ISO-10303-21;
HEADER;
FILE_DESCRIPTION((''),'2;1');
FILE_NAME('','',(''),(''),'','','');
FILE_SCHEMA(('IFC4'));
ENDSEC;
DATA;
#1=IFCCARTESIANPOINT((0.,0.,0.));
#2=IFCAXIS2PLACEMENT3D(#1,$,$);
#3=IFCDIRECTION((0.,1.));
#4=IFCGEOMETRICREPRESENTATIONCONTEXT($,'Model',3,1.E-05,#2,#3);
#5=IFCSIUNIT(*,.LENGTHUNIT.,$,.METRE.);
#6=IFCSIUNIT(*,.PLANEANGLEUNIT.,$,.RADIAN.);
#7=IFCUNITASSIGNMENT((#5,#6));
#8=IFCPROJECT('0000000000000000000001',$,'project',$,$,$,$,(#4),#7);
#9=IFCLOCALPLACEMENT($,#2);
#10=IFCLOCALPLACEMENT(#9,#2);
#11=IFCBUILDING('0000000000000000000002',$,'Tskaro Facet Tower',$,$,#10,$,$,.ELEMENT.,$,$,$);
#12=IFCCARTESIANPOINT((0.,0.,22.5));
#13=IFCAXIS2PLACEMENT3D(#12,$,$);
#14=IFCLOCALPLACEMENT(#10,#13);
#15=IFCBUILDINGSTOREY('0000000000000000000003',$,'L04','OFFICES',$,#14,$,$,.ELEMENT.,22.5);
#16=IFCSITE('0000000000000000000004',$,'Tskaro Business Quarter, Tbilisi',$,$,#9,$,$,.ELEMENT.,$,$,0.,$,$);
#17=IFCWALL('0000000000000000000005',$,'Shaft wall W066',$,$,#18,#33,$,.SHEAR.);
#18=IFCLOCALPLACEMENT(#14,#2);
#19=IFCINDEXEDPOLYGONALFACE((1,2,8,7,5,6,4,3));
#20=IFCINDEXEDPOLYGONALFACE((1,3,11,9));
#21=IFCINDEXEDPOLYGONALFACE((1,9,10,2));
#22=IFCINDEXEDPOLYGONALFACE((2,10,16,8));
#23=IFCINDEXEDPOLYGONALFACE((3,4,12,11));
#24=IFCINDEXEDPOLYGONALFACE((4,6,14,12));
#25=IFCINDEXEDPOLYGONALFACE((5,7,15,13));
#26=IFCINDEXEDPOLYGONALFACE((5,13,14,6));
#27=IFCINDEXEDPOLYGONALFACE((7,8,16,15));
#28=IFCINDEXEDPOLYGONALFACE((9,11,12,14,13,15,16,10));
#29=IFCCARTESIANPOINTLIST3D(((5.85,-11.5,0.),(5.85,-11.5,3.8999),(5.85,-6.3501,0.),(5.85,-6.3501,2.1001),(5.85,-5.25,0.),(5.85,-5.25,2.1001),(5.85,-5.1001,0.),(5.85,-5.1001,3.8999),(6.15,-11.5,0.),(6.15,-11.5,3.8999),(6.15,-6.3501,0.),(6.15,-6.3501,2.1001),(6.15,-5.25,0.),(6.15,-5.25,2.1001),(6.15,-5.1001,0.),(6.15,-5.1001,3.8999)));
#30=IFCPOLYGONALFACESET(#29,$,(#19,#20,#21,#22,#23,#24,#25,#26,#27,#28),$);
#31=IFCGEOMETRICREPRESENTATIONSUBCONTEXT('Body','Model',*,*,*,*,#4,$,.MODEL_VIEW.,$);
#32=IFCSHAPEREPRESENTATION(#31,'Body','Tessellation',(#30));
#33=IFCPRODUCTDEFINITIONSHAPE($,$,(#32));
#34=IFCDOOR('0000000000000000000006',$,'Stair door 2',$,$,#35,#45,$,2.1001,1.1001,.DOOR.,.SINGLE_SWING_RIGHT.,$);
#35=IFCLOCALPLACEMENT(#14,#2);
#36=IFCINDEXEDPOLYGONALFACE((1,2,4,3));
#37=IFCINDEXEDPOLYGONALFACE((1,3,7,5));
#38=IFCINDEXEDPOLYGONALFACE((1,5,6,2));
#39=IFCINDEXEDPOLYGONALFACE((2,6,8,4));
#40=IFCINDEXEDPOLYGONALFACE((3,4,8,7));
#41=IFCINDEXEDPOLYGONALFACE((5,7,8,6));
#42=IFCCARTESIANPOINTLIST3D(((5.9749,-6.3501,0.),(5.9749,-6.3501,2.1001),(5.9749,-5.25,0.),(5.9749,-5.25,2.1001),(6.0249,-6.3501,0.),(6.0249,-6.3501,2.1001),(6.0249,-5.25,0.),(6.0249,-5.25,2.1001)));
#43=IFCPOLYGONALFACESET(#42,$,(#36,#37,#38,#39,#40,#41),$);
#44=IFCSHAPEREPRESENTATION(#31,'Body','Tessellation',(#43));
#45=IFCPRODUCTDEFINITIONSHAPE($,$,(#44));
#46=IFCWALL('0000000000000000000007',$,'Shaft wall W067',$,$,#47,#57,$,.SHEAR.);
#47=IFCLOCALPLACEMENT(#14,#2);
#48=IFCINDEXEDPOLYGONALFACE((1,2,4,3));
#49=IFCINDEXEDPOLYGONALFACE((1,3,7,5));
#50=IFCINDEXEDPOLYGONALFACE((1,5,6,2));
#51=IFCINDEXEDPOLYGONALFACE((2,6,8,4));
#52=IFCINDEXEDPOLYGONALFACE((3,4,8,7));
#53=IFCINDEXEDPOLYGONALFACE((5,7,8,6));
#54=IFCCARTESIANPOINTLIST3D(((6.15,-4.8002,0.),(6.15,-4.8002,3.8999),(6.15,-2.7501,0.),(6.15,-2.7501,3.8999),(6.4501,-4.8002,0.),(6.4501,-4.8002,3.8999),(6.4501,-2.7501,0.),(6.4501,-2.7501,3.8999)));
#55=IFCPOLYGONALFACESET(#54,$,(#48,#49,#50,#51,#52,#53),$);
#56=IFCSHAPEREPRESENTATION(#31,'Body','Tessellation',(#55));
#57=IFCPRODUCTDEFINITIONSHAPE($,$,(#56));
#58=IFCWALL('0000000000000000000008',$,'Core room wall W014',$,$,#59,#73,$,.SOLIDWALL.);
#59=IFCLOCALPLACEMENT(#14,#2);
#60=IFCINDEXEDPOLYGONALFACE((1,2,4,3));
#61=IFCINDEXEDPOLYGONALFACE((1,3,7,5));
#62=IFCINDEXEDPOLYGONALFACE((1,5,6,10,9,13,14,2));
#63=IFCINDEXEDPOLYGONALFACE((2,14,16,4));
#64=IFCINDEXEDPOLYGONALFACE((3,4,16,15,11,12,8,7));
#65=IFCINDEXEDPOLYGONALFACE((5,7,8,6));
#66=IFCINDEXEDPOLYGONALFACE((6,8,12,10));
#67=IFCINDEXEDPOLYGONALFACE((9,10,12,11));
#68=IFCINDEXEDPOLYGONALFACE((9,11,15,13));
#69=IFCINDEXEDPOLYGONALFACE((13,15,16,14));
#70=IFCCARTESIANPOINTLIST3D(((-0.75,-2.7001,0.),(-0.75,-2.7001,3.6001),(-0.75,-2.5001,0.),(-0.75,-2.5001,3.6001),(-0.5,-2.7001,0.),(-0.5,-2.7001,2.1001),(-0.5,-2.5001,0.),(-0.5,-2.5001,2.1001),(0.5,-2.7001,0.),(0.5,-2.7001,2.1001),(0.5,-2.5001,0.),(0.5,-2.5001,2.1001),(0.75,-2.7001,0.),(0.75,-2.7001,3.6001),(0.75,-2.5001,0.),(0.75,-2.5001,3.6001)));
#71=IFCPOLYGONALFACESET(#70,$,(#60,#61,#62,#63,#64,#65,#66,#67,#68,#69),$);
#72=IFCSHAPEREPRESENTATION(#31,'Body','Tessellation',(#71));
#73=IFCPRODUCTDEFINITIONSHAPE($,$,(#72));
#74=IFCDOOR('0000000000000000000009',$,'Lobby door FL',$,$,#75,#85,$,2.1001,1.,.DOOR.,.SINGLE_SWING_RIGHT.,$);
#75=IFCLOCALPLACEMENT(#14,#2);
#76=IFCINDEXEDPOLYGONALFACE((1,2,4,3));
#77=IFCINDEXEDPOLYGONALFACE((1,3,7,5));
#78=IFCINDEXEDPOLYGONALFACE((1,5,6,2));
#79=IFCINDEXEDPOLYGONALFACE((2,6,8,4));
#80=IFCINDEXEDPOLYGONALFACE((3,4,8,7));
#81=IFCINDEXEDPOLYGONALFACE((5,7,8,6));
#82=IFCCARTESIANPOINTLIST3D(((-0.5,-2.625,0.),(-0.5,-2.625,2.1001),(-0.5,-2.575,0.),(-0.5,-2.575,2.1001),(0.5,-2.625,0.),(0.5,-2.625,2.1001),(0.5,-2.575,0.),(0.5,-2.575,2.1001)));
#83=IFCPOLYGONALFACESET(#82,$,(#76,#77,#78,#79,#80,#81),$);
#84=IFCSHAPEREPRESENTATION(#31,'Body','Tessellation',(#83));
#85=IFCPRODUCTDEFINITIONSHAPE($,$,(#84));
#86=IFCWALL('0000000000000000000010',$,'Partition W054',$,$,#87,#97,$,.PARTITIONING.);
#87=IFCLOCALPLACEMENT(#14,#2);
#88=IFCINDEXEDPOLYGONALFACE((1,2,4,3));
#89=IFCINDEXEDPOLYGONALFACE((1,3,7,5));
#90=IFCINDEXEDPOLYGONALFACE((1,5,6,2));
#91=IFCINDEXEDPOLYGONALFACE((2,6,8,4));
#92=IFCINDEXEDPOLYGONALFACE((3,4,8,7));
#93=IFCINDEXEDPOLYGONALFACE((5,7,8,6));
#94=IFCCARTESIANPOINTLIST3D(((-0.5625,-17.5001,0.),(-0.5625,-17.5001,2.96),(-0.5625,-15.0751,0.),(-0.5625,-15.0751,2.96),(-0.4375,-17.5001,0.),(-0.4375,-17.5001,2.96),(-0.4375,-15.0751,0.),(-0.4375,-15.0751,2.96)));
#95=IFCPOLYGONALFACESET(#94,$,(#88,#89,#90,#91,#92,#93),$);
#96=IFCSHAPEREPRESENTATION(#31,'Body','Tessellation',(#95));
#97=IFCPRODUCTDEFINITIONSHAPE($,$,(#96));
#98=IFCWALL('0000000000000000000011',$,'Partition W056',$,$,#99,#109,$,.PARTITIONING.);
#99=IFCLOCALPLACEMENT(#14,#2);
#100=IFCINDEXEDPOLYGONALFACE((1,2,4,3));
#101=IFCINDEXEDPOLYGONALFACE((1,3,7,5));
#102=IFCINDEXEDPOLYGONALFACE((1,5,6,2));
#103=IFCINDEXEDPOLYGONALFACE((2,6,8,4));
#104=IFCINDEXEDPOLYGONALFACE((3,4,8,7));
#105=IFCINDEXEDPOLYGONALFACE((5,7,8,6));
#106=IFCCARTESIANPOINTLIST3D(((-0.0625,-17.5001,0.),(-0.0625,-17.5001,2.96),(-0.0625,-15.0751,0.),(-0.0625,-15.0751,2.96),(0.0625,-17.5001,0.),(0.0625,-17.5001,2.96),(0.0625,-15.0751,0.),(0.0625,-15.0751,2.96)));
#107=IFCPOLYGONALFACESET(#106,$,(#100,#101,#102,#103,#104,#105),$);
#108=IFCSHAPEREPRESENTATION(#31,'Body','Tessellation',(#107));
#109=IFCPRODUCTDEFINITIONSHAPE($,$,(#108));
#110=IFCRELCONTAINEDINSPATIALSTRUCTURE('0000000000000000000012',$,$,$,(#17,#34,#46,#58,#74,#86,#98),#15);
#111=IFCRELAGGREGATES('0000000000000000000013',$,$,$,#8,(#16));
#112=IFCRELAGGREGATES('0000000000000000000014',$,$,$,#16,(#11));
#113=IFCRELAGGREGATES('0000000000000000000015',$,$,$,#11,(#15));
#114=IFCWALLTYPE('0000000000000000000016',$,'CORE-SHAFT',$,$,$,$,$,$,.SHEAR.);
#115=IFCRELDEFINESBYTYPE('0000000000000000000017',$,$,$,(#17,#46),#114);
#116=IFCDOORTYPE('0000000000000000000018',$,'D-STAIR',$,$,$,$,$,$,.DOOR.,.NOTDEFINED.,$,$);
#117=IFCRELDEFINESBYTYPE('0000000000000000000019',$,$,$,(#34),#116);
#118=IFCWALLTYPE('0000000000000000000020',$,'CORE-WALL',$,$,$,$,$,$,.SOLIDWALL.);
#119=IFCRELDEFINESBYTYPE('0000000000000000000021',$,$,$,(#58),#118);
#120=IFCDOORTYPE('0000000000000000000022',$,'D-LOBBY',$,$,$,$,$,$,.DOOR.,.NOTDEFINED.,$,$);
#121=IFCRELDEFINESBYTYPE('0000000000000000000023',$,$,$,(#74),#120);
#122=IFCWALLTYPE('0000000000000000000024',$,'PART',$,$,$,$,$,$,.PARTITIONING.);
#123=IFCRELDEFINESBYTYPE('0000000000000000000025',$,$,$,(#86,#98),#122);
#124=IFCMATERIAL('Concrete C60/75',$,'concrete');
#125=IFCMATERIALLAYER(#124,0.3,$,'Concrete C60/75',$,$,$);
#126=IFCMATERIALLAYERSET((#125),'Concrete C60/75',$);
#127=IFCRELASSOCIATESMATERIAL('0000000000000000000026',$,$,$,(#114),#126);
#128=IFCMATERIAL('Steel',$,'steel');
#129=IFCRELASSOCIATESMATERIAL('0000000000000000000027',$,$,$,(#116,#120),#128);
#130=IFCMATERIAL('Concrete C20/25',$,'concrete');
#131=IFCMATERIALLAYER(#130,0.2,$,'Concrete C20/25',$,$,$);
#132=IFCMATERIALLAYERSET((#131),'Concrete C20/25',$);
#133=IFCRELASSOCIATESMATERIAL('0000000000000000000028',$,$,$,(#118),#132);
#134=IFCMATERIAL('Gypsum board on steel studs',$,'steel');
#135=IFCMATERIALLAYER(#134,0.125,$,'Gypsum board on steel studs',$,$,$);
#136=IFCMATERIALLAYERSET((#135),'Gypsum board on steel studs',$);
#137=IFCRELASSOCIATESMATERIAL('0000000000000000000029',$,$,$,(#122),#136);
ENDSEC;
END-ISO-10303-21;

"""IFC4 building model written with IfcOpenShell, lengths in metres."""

from ifc_helpers import new_model, si_unit, direction, frame, frame_2d, origin, place, context, subcontext, project, spatial, rectangle, extrude, material, layer, layer_set, type_object, element, fill, save


model = new_model("IFC4")

# Units and contexts
model_context = context("Model", 3, precision=1e-05, world=origin(), true_north=direction((0.0, 1.0)))
body_context = subcontext(model_context, "Body", "Model", "MODEL_VIEW")
ifc_project = project(units=[si_unit("LENGTHUNIT", "METRE"), si_unit("PLANEANGLEUNIT", "RADIAN")], contexts=[model_context])

# Site, building, storey
site_placement = place(None, origin())
site = spatial("IfcSite", under=ifc_project, at=site_placement, Name="Tskaro Business Quarter, Tbilisi", CompositionType="ELEMENT", RefElevation=0.0)
building_placement = place(site_placement, origin())
building = spatial("IfcBuilding", under=site, at=building_placement, Name="Tskaro Facet Tower", CompositionType="ELEMENT")
storey_placement = place(building_placement, frame((0.0, 0.0, 22.5)))
storey = spatial("IfcBuildingStorey", under=building, at=storey_placement, Name="L04", Description="OFFICES", CompositionType="ELEMENT", Elevation=22.5)

# Shared definitions
ifc_material_1 = material(Name="Concrete C60/75", Category="concrete")
ifc_layer_1 = layer(ifc_material_1, 0.3, Name="Concrete C60/75")
ifc_layer_set_1 = layer_set([ifc_layer_1], Name="Concrete C60/75")
wall_type_1 = type_object("IfcWallType", Name="CORE-SHAFT", PredefinedType="SHEAR", material=ifc_layer_set_1)

# Wall, opening, door
wall_1_placement = place(storey_placement, frame((6.0, -5.1001, 0.0), z_axis=(0.0, 0.0, 1.0), x_axis=(0.0, -1.0, 0.0)))
wall_1 = element("IfcWall", 1, at=wall_1_placement, inside=storey, type_object=wall_type_1, Name="Shaft wall W066", PredefinedType="SHEAR", context=body_context, shape_type="SweptSolid", body=[
    extrude(rectangle(XDim=6.3999, YDim=0.3, at=frame_2d((3.2, 0.0))), origin(), (0.0, 0.0, 1.0), 3.8999),
])
opening_1_placement = place(wall_1_placement, frame((0.1499, 0.0, 0.0)))
opening_1 = element("IfcOpeningElement", 2, at=opening_1_placement, cuts=wall_1, PredefinedType="OPENING", context=body_context, shape_type="SweptSolid", body=[
    extrude(rectangle(XDim=1.1001, YDim=2.1001, at=frame_2d((0.55, 1.05))), frame((0.0, 0.1599, 0.0), z_axis=(0.0, -1.0, 0.0), x_axis=(1.0, 0.0, 0.0)), (0.0, 0.0, 1.0), 0.3201),
])
ifc_material_2 = material(Name="Steel", Category="steel")
door_type_1 = type_object("IfcDoorType", Name="D-STAIR", OperationType="NOTDEFINED", PredefinedType="DOOR", material=ifc_material_2)
door_1_placement = place(opening_1_placement, origin())
door_1 = element("IfcDoor", 3, at=door_1_placement, inside=storey, type_object=door_type_1, Name="Stair door 2", OperationType="SINGLE_SWING_RIGHT", OverallHeight=2.1001, OverallWidth=1.1001, PredefinedType="DOOR", context=body_context, shape_type="SweptSolid", body=[
    extrude(rectangle(XDim=1.1001, YDim=2.1001, at=frame_2d((0.55, 1.05))), frame((0.0, 0.0249, 0.0), z_axis=(0.0, -1.0, 0.0), x_axis=(1.0, 0.0, 0.0)), (0.0, 0.0, 1.0), 0.05),
])
fill(opening_1, door_1)

# Wall
wall_2_placement = place(storey_placement, frame((6.3, -4.8, 0.0), z_axis=(0.0, 0.0, 1.0), x_axis=(0.0, 1.0, 0.0)))
element("IfcWall", 4, at=wall_2_placement, inside=storey, type_object=wall_type_1, Name="Shaft wall W067", PredefinedType="SHEAR", context=body_context, shape_type="SweptSolid", body=[
    extrude(rectangle(XDim=2.05, YDim=0.3, at=frame_2d((1.0249, 0.0))), origin(), (0.0, 0.0, 1.0), 3.8999),
])

# Wall, opening, door
ifc_material_3 = material(Name="Concrete C20/25", Category="concrete")
ifc_layer_2 = layer(ifc_material_3, 0.2, Name="Concrete C20/25")
ifc_layer_set_2 = layer_set([ifc_layer_2], Name="Concrete C20/25")
wall_type_2 = type_object("IfcWallType", Name="CORE-WALL", PredefinedType="SOLIDWALL", material=ifc_layer_set_2)
wall_3_placement = place(storey_placement, frame((0.75, -2.6001, 0.0), z_axis=(0.0, 0.0, 1.0), x_axis=(-1.0, 0.0, 0.0)))
wall_3 = element("IfcWall", 5, at=wall_3_placement, inside=storey, type_object=wall_type_2, Name="Core room wall W014", PredefinedType="SOLIDWALL", context=body_context, shape_type="SweptSolid", body=[
    extrude(rectangle(XDim=1.5, YDim=0.2, at=frame_2d((0.75, 0.0))), origin(), (0.0, 0.0, 1.0), 3.6001),
])
opening_2_placement = place(wall_3_placement, frame((0.25, 0.0, 0.0)))
opening_2 = element("IfcOpeningElement", 6, at=opening_2_placement, cuts=wall_3, PredefinedType="OPENING", context=body_context, shape_type="SweptSolid", body=[
    extrude(rectangle(XDim=1.0, YDim=2.1001, at=frame_2d((0.5, 1.05))), frame((0.0, 0.1099, 0.0), z_axis=(0.0, -1.0, 0.0), x_axis=(1.0, 0.0, 0.0)), (0.0, 0.0, 1.0), 0.22),
])
door_type_2 = type_object("IfcDoorType", Name="D-LOBBY", OperationType="NOTDEFINED", PredefinedType="DOOR", material=ifc_material_2)
door_2_placement = place(opening_2_placement, origin())
door_2 = element("IfcDoor", 7, at=door_2_placement, inside=storey, type_object=door_type_2, Name="Lobby door FL", OperationType="SINGLE_SWING_RIGHT", OverallHeight=2.1001, OverallWidth=1.0, PredefinedType="DOOR", context=body_context, shape_type="SweptSolid", body=[
    extrude(rectangle(XDim=1.0, YDim=2.1001, at=frame_2d((0.5, 1.05))), frame((0.0, 0.0249, 0.0), z_axis=(0.0, -1.0, 0.0), x_axis=(1.0, 0.0, 0.0)), (0.0, 0.0, 1.0), 0.05),
])
fill(opening_2, door_2)

# Walls
ifc_material_4 = material(Name="Gypsum board on steel studs", Category="steel")
ifc_layer_3 = layer(ifc_material_4, 0.125, Name="Gypsum board on steel studs")
ifc_layer_set_3 = layer_set([ifc_layer_3], Name="Gypsum board on steel studs")
wall_type_3 = type_object("IfcWallType", Name="PART", PredefinedType="PARTITIONING", material=ifc_layer_set_3)
for number, where, z_axis, x_axis, name in (
    (8, (-0.5, -17.5, 0.0), (0.0, 0.0, 1.0), (0.0, 1.0, 0.0), "Partition W054"),
    (9, (0.0, -17.5, 0.0), (0.0, 0.0, 1.0), (0.0, 1.0, 0.0), "Partition W056"),
):
    element("IfcWall", number, at=place(storey_placement, frame(where, z_axis=z_axis, x_axis=x_axis)), inside=storey, type_object=wall_type_3, Name=name, PredefinedType="PARTITIONING", context=body_context, shape_type="SweptSolid", body=[
        extrude(rectangle(XDim=2.425, YDim=0.125, at=frame_2d((1.2124, 0.0))), origin(), (0.0, 0.0, 1.0), 2.96),
    ])

save(model, "model.ifc")
